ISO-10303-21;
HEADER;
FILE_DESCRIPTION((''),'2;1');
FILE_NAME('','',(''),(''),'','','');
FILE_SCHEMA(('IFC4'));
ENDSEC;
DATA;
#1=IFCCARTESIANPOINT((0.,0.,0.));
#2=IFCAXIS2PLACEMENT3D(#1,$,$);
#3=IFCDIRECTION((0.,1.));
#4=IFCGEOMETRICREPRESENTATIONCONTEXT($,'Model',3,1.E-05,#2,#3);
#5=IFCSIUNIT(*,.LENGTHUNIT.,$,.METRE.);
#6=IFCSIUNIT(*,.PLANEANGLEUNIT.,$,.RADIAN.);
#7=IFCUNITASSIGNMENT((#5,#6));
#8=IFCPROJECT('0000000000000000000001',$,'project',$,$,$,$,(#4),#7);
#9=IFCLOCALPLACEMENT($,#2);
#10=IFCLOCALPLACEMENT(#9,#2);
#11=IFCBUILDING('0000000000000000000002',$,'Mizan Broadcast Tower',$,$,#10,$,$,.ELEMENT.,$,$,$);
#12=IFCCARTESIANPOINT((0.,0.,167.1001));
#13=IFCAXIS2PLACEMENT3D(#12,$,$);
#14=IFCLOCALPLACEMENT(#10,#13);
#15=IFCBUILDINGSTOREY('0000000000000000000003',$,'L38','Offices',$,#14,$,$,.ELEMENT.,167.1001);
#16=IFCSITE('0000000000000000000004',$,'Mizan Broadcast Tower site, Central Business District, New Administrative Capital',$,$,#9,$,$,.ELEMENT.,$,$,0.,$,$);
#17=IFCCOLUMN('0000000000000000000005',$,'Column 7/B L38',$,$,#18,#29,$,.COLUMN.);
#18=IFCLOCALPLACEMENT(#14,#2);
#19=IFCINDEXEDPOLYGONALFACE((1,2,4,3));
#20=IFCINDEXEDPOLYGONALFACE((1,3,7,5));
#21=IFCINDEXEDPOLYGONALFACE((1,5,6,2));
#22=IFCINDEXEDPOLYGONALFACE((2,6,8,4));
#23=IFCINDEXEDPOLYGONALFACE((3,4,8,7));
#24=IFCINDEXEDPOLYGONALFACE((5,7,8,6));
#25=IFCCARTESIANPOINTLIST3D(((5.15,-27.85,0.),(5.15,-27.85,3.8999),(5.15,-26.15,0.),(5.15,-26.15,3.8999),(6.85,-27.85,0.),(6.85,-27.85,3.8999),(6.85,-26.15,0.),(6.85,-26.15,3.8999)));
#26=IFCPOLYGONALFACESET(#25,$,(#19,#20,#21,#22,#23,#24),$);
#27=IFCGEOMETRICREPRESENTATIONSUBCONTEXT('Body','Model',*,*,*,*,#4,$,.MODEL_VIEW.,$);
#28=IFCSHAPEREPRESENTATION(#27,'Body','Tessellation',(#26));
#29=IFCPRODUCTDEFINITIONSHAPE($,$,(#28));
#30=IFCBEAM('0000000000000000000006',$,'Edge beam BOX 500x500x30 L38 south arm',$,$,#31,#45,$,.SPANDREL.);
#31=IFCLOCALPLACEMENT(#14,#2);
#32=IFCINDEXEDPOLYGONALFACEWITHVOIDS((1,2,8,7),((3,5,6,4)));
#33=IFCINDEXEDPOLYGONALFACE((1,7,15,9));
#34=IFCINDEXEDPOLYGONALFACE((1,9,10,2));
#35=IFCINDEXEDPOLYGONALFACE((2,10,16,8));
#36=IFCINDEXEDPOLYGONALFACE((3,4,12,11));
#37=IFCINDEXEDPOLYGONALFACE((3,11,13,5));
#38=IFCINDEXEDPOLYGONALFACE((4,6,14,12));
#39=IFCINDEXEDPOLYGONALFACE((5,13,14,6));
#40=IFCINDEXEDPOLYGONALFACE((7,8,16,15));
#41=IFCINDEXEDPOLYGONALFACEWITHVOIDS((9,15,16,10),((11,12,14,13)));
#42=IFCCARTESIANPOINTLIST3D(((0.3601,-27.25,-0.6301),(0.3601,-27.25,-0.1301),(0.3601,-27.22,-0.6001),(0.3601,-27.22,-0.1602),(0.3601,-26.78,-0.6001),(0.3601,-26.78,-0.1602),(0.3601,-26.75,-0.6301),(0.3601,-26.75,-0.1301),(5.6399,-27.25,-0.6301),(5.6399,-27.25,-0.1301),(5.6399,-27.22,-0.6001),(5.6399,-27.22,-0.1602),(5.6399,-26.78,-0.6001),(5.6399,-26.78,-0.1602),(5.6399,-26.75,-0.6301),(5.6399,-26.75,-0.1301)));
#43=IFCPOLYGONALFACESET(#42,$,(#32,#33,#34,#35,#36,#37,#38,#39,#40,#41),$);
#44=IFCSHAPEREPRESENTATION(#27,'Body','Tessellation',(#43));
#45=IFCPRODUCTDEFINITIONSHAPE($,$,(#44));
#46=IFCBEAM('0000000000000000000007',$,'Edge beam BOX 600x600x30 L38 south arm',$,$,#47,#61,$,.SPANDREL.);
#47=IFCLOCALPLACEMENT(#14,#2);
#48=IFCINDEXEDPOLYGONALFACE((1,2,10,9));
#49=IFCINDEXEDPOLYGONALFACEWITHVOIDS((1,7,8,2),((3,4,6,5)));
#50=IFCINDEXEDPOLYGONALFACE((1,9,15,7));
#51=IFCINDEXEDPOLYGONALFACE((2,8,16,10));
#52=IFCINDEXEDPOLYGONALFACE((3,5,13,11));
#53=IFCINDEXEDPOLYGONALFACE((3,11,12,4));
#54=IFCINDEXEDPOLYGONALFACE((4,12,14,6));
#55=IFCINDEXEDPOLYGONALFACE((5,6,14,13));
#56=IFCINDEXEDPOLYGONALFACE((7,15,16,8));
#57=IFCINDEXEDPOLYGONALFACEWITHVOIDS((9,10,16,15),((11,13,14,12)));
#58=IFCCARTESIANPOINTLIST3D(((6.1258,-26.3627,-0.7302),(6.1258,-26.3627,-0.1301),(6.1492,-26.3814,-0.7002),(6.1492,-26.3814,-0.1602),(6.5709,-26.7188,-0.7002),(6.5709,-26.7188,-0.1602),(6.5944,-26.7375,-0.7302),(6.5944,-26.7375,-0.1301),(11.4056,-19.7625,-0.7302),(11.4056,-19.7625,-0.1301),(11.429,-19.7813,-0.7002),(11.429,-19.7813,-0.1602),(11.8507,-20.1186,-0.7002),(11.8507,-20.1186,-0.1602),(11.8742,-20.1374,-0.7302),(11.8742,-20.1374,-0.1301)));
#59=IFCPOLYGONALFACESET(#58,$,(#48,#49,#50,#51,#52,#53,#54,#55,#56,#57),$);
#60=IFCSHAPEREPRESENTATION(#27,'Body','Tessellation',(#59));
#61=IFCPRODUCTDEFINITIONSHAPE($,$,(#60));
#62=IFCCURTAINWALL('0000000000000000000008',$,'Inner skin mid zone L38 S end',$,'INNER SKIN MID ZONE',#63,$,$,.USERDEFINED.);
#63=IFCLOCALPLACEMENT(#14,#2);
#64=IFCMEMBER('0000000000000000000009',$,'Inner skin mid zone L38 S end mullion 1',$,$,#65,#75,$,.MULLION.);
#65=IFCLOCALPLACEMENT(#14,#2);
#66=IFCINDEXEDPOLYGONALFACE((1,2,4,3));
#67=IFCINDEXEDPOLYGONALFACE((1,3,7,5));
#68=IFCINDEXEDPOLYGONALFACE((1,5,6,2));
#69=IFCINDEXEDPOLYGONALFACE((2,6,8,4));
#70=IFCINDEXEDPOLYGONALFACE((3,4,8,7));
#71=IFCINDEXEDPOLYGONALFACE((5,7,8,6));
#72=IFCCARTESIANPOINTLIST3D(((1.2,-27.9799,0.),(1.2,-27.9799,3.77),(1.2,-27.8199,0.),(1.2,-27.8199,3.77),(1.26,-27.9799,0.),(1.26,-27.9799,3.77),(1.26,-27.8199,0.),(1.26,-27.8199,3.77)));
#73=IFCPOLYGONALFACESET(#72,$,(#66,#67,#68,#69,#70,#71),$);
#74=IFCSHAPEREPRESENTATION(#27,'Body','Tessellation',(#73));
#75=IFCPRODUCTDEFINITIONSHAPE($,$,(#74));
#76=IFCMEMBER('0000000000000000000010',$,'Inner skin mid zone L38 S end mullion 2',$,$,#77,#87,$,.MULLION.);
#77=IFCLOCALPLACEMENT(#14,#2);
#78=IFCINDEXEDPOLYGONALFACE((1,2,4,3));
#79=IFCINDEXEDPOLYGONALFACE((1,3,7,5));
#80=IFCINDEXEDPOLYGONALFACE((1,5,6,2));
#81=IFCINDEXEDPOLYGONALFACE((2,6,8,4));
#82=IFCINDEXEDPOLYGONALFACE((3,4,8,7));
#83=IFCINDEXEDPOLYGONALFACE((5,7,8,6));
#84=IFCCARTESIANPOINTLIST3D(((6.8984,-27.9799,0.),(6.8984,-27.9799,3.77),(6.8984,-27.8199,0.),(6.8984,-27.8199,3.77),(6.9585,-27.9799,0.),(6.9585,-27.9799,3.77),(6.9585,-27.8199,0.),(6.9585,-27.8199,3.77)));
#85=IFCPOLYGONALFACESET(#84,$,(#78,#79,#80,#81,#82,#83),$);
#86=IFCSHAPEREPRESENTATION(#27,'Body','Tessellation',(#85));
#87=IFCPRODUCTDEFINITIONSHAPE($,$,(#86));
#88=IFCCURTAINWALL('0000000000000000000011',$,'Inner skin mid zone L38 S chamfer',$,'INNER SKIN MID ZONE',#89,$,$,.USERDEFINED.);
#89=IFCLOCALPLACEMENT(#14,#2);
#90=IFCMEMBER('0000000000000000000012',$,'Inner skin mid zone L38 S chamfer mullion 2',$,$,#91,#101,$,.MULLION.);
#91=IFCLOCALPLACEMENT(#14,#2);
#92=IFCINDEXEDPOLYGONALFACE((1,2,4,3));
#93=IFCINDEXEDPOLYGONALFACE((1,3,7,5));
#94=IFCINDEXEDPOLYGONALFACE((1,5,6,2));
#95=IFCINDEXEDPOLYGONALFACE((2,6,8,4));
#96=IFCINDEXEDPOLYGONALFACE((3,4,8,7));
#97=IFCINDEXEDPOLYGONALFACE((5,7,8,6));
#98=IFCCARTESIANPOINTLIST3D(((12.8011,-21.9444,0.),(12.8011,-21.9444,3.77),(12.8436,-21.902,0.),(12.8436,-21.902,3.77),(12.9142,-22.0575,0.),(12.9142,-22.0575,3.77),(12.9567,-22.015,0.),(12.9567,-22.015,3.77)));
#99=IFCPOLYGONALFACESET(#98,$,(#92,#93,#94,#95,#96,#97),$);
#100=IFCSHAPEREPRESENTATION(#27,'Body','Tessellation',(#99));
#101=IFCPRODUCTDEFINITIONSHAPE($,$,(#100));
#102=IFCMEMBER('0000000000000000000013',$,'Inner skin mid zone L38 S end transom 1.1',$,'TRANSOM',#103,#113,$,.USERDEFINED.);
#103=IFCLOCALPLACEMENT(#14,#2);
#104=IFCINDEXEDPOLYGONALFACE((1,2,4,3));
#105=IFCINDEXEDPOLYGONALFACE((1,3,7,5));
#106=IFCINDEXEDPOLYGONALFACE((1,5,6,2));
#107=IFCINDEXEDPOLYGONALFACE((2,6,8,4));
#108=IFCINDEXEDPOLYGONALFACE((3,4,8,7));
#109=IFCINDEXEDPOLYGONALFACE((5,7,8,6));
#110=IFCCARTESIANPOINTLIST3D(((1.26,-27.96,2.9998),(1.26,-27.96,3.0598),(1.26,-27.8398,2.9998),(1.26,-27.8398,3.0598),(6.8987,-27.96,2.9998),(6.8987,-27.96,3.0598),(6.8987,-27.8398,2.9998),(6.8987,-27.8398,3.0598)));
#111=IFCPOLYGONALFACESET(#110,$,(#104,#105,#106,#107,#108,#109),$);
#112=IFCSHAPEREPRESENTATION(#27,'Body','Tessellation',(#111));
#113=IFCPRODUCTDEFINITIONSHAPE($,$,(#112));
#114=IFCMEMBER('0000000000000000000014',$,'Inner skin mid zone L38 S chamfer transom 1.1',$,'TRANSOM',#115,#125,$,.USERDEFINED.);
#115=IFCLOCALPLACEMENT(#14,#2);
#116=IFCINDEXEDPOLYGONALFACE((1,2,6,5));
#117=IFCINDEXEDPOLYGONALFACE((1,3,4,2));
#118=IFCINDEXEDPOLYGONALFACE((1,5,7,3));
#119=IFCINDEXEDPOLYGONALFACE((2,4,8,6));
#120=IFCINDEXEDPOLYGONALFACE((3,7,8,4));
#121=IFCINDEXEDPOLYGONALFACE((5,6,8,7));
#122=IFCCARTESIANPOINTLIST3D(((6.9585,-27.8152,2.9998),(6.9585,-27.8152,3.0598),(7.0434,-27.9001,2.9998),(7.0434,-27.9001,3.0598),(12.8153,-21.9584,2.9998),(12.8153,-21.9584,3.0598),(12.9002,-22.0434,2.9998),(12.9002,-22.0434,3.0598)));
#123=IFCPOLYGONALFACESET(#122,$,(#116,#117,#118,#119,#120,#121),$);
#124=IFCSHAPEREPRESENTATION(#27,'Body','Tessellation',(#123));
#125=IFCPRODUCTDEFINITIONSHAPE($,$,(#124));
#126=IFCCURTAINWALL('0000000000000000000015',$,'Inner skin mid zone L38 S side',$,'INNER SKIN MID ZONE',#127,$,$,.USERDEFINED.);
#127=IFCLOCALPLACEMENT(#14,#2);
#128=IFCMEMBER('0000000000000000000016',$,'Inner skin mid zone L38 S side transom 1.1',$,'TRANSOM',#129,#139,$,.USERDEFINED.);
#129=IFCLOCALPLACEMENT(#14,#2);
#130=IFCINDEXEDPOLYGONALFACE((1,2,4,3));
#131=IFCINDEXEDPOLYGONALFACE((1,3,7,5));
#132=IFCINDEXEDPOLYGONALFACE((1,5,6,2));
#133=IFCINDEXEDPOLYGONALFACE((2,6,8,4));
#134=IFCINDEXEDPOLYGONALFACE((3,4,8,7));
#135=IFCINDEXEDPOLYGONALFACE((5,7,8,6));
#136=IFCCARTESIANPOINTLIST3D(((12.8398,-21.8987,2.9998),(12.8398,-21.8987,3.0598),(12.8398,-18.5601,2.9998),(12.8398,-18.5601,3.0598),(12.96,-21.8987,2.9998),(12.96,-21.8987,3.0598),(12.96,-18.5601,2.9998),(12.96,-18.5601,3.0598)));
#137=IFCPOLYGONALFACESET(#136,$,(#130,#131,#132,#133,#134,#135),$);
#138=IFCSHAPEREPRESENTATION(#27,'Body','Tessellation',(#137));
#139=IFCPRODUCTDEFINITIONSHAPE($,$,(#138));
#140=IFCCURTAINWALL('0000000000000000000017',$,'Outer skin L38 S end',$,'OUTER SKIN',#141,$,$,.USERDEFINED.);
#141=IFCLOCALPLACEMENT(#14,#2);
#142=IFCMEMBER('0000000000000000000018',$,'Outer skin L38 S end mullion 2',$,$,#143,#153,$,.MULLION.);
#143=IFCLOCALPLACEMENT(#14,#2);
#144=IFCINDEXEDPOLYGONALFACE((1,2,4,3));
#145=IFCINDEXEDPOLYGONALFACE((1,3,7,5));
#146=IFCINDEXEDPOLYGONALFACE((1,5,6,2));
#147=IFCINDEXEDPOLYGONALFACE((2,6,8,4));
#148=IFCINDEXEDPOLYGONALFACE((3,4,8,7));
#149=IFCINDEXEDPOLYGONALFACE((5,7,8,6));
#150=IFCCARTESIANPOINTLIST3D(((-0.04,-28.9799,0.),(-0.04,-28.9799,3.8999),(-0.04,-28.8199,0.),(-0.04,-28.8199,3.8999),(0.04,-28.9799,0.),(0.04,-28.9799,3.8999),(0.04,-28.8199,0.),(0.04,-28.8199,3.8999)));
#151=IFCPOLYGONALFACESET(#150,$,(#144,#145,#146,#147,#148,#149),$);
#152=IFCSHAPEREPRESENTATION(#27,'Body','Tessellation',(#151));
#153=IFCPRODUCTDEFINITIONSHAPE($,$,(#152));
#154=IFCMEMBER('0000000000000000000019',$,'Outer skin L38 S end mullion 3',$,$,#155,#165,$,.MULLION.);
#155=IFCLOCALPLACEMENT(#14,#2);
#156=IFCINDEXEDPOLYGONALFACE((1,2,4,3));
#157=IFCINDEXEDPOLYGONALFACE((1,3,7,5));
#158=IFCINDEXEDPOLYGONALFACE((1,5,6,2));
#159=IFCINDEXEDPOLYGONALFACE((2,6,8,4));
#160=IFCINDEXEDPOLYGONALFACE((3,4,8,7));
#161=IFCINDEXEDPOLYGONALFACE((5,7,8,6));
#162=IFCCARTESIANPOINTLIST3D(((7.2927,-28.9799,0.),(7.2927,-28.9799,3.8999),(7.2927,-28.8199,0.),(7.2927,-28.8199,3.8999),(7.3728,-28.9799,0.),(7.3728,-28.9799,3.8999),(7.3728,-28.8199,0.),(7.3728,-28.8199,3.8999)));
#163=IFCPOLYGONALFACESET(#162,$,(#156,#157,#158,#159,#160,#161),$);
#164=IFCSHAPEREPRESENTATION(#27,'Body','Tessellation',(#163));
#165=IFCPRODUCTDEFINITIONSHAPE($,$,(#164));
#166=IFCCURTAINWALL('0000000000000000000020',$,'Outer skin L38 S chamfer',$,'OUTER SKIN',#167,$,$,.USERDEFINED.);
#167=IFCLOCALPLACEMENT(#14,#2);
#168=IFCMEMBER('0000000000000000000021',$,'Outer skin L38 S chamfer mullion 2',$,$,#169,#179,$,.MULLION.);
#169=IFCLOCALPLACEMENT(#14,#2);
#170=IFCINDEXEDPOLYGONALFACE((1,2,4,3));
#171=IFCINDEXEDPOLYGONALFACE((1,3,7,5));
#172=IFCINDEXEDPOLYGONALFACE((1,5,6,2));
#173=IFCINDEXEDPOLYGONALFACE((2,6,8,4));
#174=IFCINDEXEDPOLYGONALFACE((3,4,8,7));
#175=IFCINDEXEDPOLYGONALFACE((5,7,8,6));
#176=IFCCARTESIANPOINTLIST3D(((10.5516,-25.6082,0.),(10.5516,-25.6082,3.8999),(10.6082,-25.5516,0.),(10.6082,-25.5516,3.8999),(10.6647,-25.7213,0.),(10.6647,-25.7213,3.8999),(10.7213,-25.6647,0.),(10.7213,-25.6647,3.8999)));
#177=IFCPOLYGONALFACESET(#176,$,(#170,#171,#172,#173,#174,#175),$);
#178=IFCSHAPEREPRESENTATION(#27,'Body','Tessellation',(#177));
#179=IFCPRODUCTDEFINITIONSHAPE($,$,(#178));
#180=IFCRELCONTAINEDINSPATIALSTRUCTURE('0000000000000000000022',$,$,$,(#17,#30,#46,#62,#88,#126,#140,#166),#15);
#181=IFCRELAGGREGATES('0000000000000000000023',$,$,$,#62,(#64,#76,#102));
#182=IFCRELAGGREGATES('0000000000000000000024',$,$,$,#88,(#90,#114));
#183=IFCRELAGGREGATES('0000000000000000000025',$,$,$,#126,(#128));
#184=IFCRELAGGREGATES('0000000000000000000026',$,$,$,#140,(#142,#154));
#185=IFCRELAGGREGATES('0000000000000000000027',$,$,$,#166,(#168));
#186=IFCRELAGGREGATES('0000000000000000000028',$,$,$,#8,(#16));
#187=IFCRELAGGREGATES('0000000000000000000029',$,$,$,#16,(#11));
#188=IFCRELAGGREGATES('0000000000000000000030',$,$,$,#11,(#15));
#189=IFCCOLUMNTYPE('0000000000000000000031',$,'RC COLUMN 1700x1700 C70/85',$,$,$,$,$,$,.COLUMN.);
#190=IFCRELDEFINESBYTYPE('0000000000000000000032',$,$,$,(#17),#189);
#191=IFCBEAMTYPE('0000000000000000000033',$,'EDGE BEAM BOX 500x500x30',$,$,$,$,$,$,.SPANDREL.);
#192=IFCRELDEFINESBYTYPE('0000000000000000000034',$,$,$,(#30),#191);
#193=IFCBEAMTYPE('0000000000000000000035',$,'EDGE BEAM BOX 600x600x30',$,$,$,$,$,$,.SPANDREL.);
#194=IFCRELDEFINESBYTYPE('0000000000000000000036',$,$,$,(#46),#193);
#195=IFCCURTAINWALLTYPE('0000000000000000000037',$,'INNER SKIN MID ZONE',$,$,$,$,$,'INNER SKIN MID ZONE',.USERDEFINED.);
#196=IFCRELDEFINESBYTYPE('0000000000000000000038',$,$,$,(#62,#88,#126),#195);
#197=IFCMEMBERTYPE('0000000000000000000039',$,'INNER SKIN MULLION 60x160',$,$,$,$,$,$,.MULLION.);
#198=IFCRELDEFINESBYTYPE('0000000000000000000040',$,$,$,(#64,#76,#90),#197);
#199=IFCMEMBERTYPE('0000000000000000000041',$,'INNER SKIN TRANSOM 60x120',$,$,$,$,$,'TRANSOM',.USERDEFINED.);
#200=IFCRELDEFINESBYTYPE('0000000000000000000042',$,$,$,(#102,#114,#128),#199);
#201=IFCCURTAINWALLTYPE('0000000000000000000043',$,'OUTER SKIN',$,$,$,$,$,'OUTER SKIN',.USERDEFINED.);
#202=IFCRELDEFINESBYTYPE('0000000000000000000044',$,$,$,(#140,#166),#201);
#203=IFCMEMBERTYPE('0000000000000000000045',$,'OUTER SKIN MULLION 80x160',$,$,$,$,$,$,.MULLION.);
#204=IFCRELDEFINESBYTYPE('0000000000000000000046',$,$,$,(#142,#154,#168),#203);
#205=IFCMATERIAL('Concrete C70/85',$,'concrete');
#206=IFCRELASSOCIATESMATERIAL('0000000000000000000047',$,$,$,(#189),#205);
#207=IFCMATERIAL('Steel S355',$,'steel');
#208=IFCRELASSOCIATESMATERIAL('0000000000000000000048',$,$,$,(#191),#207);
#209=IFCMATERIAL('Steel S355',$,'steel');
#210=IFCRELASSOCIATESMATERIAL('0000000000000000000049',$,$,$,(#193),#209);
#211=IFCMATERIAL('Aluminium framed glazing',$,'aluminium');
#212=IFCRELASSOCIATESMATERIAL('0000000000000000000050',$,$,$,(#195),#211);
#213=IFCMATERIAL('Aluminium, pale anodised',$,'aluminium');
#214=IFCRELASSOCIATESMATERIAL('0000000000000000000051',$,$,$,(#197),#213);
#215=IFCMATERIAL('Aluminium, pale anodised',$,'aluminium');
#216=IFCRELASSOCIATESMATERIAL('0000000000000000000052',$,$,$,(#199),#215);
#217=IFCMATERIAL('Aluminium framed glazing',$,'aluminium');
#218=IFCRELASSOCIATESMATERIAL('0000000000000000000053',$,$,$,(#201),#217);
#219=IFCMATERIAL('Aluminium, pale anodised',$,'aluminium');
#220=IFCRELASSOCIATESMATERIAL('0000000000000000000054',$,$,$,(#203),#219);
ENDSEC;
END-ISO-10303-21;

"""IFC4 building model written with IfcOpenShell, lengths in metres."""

from ifc_helpers import new_model, si_unit, direction, frame, origin, origin_2d, place, context, subcontext, project, spatial, rectangle, hollow_rectangle, extrude, material, material_profile, profile_set, type_object, element, aggregate, save


model = new_model("IFC4")

# Units and contexts
model_context = context("Model", 3, precision=1e-05, world=origin(), true_north=direction((0.0, 1.0)))
body_context = subcontext(model_context, "Body", "Model", "MODEL_VIEW")
ifc_project = project(units=[si_unit("LENGTHUNIT", "METRE"), si_unit("PLANEANGLEUNIT", "RADIAN")], contexts=[model_context])

# Site, building, storey
site_placement = place(None, origin())
site = spatial("IfcSite", under=ifc_project, at=site_placement, Name="Mizan Broadcast Tower site, Central Business District, New Administrative Capital", CompositionType="ELEMENT", RefElevation=0.0)
building_placement = place(site_placement, origin())
building = spatial("IfcBuilding", under=site, at=building_placement, Name="Mizan Broadcast Tower", CompositionType="ELEMENT")
storey_placement = place(building_placement, frame((0.0, 0.0, 167.1001)))
storey = spatial("IfcBuildingStorey", under=building, at=storey_placement, Name="L38", Description="Offices", CompositionType="ELEMENT", Elevation=167.1001)

# Column
ifc_material_1 = material(Name="Concrete C70/85", Category="concrete")
ifc_material_profile_1 = material_profile(ifc_material_1, rectangle(XDim=1.7, YDim=1.7, at=origin_2d()), Name="RC 1700x1700")
ifc_profile_set_1 = profile_set([ifc_material_profile_1], Name="Concrete C70/85")
column_type = type_object("IfcColumnType", Name="RC COLUMN 1700x1700 C70/85", PredefinedType="COLUMN", material=ifc_profile_set_1)
column_placement = place(storey_placement, frame((6.0, -27.0, 0.0), z_axis=(0.0, 0.0, 1.0), x_axis=(1.0, 0.0, 0.0)))
element("IfcColumn", 1, at=column_placement, inside=storey, type_object=column_type, Name="Column 7/B L38", PredefinedType="COLUMN", context=body_context, shape_type="SweptSolid", body=[
    extrude(rectangle(XDim=1.7, YDim=1.7, at=origin_2d()), origin(), (0.0, 0.0, 1.0), 3.8999),
])

# Beams
ifc_material_2 = material(Name="Steel S355", Category="steel")
ifc_material_profile_2 = material_profile(ifc_material_2, hollow_rectangle(XDim=0.5, YDim=0.5, WallThickness=0.03, at=origin_2d()), Name="BOX 500x500x30")
ifc_profile_set_2 = profile_set([ifc_material_profile_2], Name="Steel S355")
beam_type_1 = type_object("IfcBeamType", Name="EDGE BEAM BOX 500x500x30", PredefinedType="SPANDREL", material=ifc_profile_set_2)
beam_1_placement = place(storey_placement, frame((5.6399, -27.0, -0.3801), z_axis=(-1.0, 0.0, 0.0), x_axis=(0.0, -1.0, 0.0)))
element("IfcBeam", 2, at=beam_1_placement, inside=storey, type_object=beam_type_1, Name="Edge beam BOX 500x500x30 L38 south arm", PredefinedType="SPANDREL", context=body_context, shape_type="SweptSolid", body=[
    extrude(hollow_rectangle(XDim=0.5, YDim=0.5, WallThickness=0.03, at=origin_2d()), origin(), (0.0, 0.0, 1.0), 5.2798),
])
ifc_material_3 = material(Name="Steel S355", Category="steel")
ifc_material_profile_3 = material_profile(ifc_material_3, hollow_rectangle(XDim=0.6001, YDim=0.6001, WallThickness=0.03, at=origin_2d()), Name="BOX 600x600x30")
ifc_profile_set_3 = profile_set([ifc_material_profile_3], Name="Steel S355")
beam_type_2 = type_object("IfcBeamType", Name="EDGE BEAM BOX 600x600x30", PredefinedType="SPANDREL", material=ifc_profile_set_3)
beam_2_placement = place(storey_placement, frame((11.6399, -19.95, -0.4302), z_axis=(-0.624674, -0.780886, 0.0), x_axis=(0.780886, -0.624674, 0.0)))
element("IfcBeam", 3, at=beam_2_placement, inside=storey, type_object=beam_type_2, Name="Edge beam BOX 600x600x30 L38 south arm", PredefinedType="SPANDREL", context=body_context, shape_type="SweptSolid", body=[
    extrude(hollow_rectangle(XDim=0.6001, YDim=0.6001, WallThickness=0.03, at=origin_2d()), origin(), (0.0, 0.0, 1.0), 8.4521),
])

# Curtain wall, members
ifc_material_4 = material(Name="Aluminium framed glazing", Category="aluminium")
curtain_wall_type_1 = type_object("IfcCurtainWallType", Name="INNER SKIN MID ZONE", ElementType="INNER SKIN MID ZONE", PredefinedType="USERDEFINED", material=ifc_material_4)
curtain_wall_1_placement = place(storey_placement, origin())
curtain_wall_1 = element("IfcCurtainWall", 4, at=curtain_wall_1_placement, inside=storey, type_object=curtain_wall_type_1, Name="Inner skin mid zone L38 S end", ObjectType="INNER SKIN MID ZONE", PredefinedType="USERDEFINED")
ifc_material_5 = material(Name="Aluminium, pale anodised", Category="aluminium")
ifc_material_profile_4 = material_profile(ifc_material_5, rectangle(XDim=0.1599, YDim=0.0601, at=origin_2d()), Name="MULLION 160x60")
ifc_profile_set_4 = profile_set([ifc_material_profile_4], Name="Aluminium, pale anodised")
member_type_1 = type_object("IfcMemberType", Name="INNER SKIN MULLION 60x160", PredefinedType="MULLION", material=ifc_profile_set_4)
member_1_placement = place(storey_placement, frame((1.23, -27.8999, 0.0), z_axis=(0.0, 0.0, 1.0), x_axis=(0.0, 1.0, 0.0)))
member_1 = element("IfcMember", 5, at=member_1_placement, type_object=member_type_1, Name="Inner skin mid zone L38 S end mullion 1", PredefinedType="MULLION", context=body_context, shape_type="SweptSolid", body=[
    extrude(rectangle(XDim=0.1599, YDim=0.0601, at=origin_2d()), origin(), (0.0, 0.0, 1.0), 3.77),
])
member_2_placement = place(storey_placement, frame((6.9285, -27.8999, 0.0), z_axis=(0.0, 0.0, 1.0), x_axis=(0.0, 1.0, 0.0)))
member_2 = element("IfcMember", 6, at=member_2_placement, type_object=member_type_1, Name="Inner skin mid zone L38 S end mullion 2", PredefinedType="MULLION", context=body_context, shape_type="SweptSolid", body=[
    extrude(rectangle(XDim=0.1599, YDim=0.0601, at=origin_2d()), origin(), (0.0, 0.0, 1.0), 3.77),
])

# Curtain wall, member
curtain_wall_2_placement = place(storey_placement, origin())
curtain_wall_2 = element("IfcCurtainWall", 7, at=curtain_wall_2_placement, inside=storey, type_object=curtain_wall_type_1, Name="Inner skin mid zone L38 S chamfer", ObjectType="INNER SKIN MID ZONE", PredefinedType="USERDEFINED")
member_3_placement = place(storey_placement, frame((12.8789, -21.9797, 0.0), z_axis=(0.0, 0.0, 1.0), x_axis=(-0.707107, 0.707107, 0.0)))
member_3 = element("IfcMember", 8, at=member_3_placement, type_object=member_type_1, Name="Inner skin mid zone L38 S chamfer mullion 2", PredefinedType="MULLION", context=body_context, shape_type="SweptSolid", body=[
    extrude(rectangle(XDim=0.1599, YDim=0.0601, at=origin_2d()), origin(), (0.0, 0.0, 1.0), 3.77),
])

# Members
ifc_material_6 = material(Name="Aluminium, pale anodised", Category="aluminium")
ifc_material_profile_5 = material_profile(ifc_material_6, rectangle(XDim=0.1201, YDim=0.0601, at=origin_2d()), Name="TRANSOM 120x60")
ifc_profile_set_5 = profile_set([ifc_material_profile_5], Name="Aluminium, pale anodised")
member_type_2 = type_object("IfcMemberType", Name="INNER SKIN TRANSOM 60x120", ElementType="TRANSOM", PredefinedType="USERDEFINED", material=ifc_profile_set_5)
member_4_placement = place(storey_placement, frame((1.26, -27.8999, 3.0298), z_axis=(1.0, 0.0, 0.0), x_axis=(0.0, 1.0, 0.0)))
member_4 = element("IfcMember", 9, at=member_4_placement, type_object=member_type_2, Name="Inner skin mid zone L38 S end transom 1.1", ObjectType="TRANSOM", PredefinedType="USERDEFINED", context=body_context, shape_type="SweptSolid", body=[
    extrude(rectangle(XDim=0.1201, YDim=0.0601, at=origin_2d()), origin(), (0.0, 0.0, 1.0), 5.6387),
])
member_5_placement = place(storey_placement, frame((7.001, -27.8577, 3.0298), z_axis=(0.707107, 0.707107, 0.0), x_axis=(-0.707107, 0.707107, 0.0)))
member_5 = element("IfcMember", 10, at=member_5_placement, type_object=member_type_2, Name="Inner skin mid zone L38 S chamfer transom 1.1", ObjectType="TRANSOM", PredefinedType="USERDEFINED", context=body_context, shape_type="SweptSolid", body=[
    extrude(rectangle(XDim=0.1201, YDim=0.0601, at=origin_2d()), origin(), (0.0, 0.0, 1.0), 8.2827),
])

# Curtain wall, member
curtain_wall_3_placement = place(storey_placement, origin())
curtain_wall_3 = element("IfcCurtainWall", 11, at=curtain_wall_3_placement, inside=storey, type_object=curtain_wall_type_1, Name="Inner skin mid zone L38 S side", ObjectType="INNER SKIN MID ZONE", PredefinedType="USERDEFINED")
member_6_placement = place(storey_placement, frame((12.8999, -21.8987, 3.0298), z_axis=(0.0, 1.0, 0.0), x_axis=(-1.0, 0.0, 0.0)))
member_6 = element("IfcMember", 12, at=member_6_placement, type_object=member_type_2, Name="Inner skin mid zone L38 S side transom 1.1", ObjectType="TRANSOM", PredefinedType="USERDEFINED", context=body_context, shape_type="SweptSolid", body=[
    extrude(rectangle(XDim=0.1201, YDim=0.0601, at=origin_2d()), origin(), (0.0, 0.0, 1.0), 3.3386),
])

# Curtain wall, members
ifc_material_7 = material(Name="Aluminium framed glazing", Category="aluminium")
curtain_wall_type_2 = type_object("IfcCurtainWallType", Name="OUTER SKIN", ElementType="OUTER SKIN", PredefinedType="USERDEFINED", material=ifc_material_7)
curtain_wall_4_placement = place(storey_placement, origin())
curtain_wall_4 = element("IfcCurtainWall", 13, at=curtain_wall_4_placement, inside=storey, type_object=curtain_wall_type_2, Name="Outer skin L38 S end", ObjectType="OUTER SKIN", PredefinedType="USERDEFINED")
ifc_material_8 = material(Name="Aluminium, pale anodised", Category="aluminium")
ifc_material_profile_6 = material_profile(ifc_material_8, rectangle(XDim=0.1599, YDim=0.0801, at=origin_2d()), Name="MULLION 160x80")
ifc_profile_set_6 = profile_set([ifc_material_profile_6], Name="Aluminium, pale anodised")
member_type_3 = type_object("IfcMemberType", Name="OUTER SKIN MULLION 80x160", PredefinedType="MULLION", material=ifc_profile_set_6)
member_7_placement = place(storey_placement, frame((0.0, -28.8999, 0.0), z_axis=(0.0, 0.0, 1.0), x_axis=(0.0, 1.0, 0.0)))
member_7 = element("IfcMember", 14, at=member_7_placement, type_object=member_type_3, Name="Outer skin L38 S end mullion 2", PredefinedType="MULLION", context=body_context, shape_type="SweptSolid", body=[
    extrude(rectangle(XDim=0.1599, YDim=0.0801, at=origin_2d()), origin(), (0.0, 0.0, 1.0), 3.8999),
])
member_8_placement = place(storey_placement, frame((7.3328, -28.8999, 0.0), z_axis=(0.0, 0.0, 1.0), x_axis=(0.0, 1.0, 0.0)))
member_8 = element("IfcMember", 15, at=member_8_placement, type_object=member_type_3, Name="Outer skin L38 S end mullion 3", PredefinedType="MULLION", context=body_context, shape_type="SweptSolid", body=[
    extrude(rectangle(XDim=0.1599, YDim=0.0801, at=origin_2d()), origin(), (0.0, 0.0, 1.0), 3.8999),
])

# Curtain wall, member
curtain_wall_5_placement = place(storey_placement, origin())
curtain_wall_5 = element("IfcCurtainWall", 16, at=curtain_wall_5_placement, inside=storey, type_object=curtain_wall_type_2, Name="Outer skin L38 S chamfer", ObjectType="OUTER SKIN", PredefinedType="USERDEFINED")
member_9_placement = place(storey_placement, frame((10.6365, -25.6365, 0.0), z_axis=(0.0, 0.0, 1.0), x_axis=(-0.707107, 0.707107, 0.0)))
member_9 = element("IfcMember", 17, at=member_9_placement, type_object=member_type_3, Name="Outer skin L38 S chamfer mullion 2", PredefinedType="MULLION", context=body_context, shape_type="SweptSolid", body=[
    extrude(rectangle(XDim=0.1599, YDim=0.0801, at=origin_2d()), origin(), (0.0, 0.0, 1.0), 3.8999),
])

aggregate(curtain_wall_1, [member_1, member_2, member_4])
aggregate(curtain_wall_2, [member_3, member_5])
aggregate(curtain_wall_3, [member_6])
aggregate(curtain_wall_4, [member_7, member_8])
aggregate(curtain_wall_5, [member_9])

save(model, "model.ifc")
